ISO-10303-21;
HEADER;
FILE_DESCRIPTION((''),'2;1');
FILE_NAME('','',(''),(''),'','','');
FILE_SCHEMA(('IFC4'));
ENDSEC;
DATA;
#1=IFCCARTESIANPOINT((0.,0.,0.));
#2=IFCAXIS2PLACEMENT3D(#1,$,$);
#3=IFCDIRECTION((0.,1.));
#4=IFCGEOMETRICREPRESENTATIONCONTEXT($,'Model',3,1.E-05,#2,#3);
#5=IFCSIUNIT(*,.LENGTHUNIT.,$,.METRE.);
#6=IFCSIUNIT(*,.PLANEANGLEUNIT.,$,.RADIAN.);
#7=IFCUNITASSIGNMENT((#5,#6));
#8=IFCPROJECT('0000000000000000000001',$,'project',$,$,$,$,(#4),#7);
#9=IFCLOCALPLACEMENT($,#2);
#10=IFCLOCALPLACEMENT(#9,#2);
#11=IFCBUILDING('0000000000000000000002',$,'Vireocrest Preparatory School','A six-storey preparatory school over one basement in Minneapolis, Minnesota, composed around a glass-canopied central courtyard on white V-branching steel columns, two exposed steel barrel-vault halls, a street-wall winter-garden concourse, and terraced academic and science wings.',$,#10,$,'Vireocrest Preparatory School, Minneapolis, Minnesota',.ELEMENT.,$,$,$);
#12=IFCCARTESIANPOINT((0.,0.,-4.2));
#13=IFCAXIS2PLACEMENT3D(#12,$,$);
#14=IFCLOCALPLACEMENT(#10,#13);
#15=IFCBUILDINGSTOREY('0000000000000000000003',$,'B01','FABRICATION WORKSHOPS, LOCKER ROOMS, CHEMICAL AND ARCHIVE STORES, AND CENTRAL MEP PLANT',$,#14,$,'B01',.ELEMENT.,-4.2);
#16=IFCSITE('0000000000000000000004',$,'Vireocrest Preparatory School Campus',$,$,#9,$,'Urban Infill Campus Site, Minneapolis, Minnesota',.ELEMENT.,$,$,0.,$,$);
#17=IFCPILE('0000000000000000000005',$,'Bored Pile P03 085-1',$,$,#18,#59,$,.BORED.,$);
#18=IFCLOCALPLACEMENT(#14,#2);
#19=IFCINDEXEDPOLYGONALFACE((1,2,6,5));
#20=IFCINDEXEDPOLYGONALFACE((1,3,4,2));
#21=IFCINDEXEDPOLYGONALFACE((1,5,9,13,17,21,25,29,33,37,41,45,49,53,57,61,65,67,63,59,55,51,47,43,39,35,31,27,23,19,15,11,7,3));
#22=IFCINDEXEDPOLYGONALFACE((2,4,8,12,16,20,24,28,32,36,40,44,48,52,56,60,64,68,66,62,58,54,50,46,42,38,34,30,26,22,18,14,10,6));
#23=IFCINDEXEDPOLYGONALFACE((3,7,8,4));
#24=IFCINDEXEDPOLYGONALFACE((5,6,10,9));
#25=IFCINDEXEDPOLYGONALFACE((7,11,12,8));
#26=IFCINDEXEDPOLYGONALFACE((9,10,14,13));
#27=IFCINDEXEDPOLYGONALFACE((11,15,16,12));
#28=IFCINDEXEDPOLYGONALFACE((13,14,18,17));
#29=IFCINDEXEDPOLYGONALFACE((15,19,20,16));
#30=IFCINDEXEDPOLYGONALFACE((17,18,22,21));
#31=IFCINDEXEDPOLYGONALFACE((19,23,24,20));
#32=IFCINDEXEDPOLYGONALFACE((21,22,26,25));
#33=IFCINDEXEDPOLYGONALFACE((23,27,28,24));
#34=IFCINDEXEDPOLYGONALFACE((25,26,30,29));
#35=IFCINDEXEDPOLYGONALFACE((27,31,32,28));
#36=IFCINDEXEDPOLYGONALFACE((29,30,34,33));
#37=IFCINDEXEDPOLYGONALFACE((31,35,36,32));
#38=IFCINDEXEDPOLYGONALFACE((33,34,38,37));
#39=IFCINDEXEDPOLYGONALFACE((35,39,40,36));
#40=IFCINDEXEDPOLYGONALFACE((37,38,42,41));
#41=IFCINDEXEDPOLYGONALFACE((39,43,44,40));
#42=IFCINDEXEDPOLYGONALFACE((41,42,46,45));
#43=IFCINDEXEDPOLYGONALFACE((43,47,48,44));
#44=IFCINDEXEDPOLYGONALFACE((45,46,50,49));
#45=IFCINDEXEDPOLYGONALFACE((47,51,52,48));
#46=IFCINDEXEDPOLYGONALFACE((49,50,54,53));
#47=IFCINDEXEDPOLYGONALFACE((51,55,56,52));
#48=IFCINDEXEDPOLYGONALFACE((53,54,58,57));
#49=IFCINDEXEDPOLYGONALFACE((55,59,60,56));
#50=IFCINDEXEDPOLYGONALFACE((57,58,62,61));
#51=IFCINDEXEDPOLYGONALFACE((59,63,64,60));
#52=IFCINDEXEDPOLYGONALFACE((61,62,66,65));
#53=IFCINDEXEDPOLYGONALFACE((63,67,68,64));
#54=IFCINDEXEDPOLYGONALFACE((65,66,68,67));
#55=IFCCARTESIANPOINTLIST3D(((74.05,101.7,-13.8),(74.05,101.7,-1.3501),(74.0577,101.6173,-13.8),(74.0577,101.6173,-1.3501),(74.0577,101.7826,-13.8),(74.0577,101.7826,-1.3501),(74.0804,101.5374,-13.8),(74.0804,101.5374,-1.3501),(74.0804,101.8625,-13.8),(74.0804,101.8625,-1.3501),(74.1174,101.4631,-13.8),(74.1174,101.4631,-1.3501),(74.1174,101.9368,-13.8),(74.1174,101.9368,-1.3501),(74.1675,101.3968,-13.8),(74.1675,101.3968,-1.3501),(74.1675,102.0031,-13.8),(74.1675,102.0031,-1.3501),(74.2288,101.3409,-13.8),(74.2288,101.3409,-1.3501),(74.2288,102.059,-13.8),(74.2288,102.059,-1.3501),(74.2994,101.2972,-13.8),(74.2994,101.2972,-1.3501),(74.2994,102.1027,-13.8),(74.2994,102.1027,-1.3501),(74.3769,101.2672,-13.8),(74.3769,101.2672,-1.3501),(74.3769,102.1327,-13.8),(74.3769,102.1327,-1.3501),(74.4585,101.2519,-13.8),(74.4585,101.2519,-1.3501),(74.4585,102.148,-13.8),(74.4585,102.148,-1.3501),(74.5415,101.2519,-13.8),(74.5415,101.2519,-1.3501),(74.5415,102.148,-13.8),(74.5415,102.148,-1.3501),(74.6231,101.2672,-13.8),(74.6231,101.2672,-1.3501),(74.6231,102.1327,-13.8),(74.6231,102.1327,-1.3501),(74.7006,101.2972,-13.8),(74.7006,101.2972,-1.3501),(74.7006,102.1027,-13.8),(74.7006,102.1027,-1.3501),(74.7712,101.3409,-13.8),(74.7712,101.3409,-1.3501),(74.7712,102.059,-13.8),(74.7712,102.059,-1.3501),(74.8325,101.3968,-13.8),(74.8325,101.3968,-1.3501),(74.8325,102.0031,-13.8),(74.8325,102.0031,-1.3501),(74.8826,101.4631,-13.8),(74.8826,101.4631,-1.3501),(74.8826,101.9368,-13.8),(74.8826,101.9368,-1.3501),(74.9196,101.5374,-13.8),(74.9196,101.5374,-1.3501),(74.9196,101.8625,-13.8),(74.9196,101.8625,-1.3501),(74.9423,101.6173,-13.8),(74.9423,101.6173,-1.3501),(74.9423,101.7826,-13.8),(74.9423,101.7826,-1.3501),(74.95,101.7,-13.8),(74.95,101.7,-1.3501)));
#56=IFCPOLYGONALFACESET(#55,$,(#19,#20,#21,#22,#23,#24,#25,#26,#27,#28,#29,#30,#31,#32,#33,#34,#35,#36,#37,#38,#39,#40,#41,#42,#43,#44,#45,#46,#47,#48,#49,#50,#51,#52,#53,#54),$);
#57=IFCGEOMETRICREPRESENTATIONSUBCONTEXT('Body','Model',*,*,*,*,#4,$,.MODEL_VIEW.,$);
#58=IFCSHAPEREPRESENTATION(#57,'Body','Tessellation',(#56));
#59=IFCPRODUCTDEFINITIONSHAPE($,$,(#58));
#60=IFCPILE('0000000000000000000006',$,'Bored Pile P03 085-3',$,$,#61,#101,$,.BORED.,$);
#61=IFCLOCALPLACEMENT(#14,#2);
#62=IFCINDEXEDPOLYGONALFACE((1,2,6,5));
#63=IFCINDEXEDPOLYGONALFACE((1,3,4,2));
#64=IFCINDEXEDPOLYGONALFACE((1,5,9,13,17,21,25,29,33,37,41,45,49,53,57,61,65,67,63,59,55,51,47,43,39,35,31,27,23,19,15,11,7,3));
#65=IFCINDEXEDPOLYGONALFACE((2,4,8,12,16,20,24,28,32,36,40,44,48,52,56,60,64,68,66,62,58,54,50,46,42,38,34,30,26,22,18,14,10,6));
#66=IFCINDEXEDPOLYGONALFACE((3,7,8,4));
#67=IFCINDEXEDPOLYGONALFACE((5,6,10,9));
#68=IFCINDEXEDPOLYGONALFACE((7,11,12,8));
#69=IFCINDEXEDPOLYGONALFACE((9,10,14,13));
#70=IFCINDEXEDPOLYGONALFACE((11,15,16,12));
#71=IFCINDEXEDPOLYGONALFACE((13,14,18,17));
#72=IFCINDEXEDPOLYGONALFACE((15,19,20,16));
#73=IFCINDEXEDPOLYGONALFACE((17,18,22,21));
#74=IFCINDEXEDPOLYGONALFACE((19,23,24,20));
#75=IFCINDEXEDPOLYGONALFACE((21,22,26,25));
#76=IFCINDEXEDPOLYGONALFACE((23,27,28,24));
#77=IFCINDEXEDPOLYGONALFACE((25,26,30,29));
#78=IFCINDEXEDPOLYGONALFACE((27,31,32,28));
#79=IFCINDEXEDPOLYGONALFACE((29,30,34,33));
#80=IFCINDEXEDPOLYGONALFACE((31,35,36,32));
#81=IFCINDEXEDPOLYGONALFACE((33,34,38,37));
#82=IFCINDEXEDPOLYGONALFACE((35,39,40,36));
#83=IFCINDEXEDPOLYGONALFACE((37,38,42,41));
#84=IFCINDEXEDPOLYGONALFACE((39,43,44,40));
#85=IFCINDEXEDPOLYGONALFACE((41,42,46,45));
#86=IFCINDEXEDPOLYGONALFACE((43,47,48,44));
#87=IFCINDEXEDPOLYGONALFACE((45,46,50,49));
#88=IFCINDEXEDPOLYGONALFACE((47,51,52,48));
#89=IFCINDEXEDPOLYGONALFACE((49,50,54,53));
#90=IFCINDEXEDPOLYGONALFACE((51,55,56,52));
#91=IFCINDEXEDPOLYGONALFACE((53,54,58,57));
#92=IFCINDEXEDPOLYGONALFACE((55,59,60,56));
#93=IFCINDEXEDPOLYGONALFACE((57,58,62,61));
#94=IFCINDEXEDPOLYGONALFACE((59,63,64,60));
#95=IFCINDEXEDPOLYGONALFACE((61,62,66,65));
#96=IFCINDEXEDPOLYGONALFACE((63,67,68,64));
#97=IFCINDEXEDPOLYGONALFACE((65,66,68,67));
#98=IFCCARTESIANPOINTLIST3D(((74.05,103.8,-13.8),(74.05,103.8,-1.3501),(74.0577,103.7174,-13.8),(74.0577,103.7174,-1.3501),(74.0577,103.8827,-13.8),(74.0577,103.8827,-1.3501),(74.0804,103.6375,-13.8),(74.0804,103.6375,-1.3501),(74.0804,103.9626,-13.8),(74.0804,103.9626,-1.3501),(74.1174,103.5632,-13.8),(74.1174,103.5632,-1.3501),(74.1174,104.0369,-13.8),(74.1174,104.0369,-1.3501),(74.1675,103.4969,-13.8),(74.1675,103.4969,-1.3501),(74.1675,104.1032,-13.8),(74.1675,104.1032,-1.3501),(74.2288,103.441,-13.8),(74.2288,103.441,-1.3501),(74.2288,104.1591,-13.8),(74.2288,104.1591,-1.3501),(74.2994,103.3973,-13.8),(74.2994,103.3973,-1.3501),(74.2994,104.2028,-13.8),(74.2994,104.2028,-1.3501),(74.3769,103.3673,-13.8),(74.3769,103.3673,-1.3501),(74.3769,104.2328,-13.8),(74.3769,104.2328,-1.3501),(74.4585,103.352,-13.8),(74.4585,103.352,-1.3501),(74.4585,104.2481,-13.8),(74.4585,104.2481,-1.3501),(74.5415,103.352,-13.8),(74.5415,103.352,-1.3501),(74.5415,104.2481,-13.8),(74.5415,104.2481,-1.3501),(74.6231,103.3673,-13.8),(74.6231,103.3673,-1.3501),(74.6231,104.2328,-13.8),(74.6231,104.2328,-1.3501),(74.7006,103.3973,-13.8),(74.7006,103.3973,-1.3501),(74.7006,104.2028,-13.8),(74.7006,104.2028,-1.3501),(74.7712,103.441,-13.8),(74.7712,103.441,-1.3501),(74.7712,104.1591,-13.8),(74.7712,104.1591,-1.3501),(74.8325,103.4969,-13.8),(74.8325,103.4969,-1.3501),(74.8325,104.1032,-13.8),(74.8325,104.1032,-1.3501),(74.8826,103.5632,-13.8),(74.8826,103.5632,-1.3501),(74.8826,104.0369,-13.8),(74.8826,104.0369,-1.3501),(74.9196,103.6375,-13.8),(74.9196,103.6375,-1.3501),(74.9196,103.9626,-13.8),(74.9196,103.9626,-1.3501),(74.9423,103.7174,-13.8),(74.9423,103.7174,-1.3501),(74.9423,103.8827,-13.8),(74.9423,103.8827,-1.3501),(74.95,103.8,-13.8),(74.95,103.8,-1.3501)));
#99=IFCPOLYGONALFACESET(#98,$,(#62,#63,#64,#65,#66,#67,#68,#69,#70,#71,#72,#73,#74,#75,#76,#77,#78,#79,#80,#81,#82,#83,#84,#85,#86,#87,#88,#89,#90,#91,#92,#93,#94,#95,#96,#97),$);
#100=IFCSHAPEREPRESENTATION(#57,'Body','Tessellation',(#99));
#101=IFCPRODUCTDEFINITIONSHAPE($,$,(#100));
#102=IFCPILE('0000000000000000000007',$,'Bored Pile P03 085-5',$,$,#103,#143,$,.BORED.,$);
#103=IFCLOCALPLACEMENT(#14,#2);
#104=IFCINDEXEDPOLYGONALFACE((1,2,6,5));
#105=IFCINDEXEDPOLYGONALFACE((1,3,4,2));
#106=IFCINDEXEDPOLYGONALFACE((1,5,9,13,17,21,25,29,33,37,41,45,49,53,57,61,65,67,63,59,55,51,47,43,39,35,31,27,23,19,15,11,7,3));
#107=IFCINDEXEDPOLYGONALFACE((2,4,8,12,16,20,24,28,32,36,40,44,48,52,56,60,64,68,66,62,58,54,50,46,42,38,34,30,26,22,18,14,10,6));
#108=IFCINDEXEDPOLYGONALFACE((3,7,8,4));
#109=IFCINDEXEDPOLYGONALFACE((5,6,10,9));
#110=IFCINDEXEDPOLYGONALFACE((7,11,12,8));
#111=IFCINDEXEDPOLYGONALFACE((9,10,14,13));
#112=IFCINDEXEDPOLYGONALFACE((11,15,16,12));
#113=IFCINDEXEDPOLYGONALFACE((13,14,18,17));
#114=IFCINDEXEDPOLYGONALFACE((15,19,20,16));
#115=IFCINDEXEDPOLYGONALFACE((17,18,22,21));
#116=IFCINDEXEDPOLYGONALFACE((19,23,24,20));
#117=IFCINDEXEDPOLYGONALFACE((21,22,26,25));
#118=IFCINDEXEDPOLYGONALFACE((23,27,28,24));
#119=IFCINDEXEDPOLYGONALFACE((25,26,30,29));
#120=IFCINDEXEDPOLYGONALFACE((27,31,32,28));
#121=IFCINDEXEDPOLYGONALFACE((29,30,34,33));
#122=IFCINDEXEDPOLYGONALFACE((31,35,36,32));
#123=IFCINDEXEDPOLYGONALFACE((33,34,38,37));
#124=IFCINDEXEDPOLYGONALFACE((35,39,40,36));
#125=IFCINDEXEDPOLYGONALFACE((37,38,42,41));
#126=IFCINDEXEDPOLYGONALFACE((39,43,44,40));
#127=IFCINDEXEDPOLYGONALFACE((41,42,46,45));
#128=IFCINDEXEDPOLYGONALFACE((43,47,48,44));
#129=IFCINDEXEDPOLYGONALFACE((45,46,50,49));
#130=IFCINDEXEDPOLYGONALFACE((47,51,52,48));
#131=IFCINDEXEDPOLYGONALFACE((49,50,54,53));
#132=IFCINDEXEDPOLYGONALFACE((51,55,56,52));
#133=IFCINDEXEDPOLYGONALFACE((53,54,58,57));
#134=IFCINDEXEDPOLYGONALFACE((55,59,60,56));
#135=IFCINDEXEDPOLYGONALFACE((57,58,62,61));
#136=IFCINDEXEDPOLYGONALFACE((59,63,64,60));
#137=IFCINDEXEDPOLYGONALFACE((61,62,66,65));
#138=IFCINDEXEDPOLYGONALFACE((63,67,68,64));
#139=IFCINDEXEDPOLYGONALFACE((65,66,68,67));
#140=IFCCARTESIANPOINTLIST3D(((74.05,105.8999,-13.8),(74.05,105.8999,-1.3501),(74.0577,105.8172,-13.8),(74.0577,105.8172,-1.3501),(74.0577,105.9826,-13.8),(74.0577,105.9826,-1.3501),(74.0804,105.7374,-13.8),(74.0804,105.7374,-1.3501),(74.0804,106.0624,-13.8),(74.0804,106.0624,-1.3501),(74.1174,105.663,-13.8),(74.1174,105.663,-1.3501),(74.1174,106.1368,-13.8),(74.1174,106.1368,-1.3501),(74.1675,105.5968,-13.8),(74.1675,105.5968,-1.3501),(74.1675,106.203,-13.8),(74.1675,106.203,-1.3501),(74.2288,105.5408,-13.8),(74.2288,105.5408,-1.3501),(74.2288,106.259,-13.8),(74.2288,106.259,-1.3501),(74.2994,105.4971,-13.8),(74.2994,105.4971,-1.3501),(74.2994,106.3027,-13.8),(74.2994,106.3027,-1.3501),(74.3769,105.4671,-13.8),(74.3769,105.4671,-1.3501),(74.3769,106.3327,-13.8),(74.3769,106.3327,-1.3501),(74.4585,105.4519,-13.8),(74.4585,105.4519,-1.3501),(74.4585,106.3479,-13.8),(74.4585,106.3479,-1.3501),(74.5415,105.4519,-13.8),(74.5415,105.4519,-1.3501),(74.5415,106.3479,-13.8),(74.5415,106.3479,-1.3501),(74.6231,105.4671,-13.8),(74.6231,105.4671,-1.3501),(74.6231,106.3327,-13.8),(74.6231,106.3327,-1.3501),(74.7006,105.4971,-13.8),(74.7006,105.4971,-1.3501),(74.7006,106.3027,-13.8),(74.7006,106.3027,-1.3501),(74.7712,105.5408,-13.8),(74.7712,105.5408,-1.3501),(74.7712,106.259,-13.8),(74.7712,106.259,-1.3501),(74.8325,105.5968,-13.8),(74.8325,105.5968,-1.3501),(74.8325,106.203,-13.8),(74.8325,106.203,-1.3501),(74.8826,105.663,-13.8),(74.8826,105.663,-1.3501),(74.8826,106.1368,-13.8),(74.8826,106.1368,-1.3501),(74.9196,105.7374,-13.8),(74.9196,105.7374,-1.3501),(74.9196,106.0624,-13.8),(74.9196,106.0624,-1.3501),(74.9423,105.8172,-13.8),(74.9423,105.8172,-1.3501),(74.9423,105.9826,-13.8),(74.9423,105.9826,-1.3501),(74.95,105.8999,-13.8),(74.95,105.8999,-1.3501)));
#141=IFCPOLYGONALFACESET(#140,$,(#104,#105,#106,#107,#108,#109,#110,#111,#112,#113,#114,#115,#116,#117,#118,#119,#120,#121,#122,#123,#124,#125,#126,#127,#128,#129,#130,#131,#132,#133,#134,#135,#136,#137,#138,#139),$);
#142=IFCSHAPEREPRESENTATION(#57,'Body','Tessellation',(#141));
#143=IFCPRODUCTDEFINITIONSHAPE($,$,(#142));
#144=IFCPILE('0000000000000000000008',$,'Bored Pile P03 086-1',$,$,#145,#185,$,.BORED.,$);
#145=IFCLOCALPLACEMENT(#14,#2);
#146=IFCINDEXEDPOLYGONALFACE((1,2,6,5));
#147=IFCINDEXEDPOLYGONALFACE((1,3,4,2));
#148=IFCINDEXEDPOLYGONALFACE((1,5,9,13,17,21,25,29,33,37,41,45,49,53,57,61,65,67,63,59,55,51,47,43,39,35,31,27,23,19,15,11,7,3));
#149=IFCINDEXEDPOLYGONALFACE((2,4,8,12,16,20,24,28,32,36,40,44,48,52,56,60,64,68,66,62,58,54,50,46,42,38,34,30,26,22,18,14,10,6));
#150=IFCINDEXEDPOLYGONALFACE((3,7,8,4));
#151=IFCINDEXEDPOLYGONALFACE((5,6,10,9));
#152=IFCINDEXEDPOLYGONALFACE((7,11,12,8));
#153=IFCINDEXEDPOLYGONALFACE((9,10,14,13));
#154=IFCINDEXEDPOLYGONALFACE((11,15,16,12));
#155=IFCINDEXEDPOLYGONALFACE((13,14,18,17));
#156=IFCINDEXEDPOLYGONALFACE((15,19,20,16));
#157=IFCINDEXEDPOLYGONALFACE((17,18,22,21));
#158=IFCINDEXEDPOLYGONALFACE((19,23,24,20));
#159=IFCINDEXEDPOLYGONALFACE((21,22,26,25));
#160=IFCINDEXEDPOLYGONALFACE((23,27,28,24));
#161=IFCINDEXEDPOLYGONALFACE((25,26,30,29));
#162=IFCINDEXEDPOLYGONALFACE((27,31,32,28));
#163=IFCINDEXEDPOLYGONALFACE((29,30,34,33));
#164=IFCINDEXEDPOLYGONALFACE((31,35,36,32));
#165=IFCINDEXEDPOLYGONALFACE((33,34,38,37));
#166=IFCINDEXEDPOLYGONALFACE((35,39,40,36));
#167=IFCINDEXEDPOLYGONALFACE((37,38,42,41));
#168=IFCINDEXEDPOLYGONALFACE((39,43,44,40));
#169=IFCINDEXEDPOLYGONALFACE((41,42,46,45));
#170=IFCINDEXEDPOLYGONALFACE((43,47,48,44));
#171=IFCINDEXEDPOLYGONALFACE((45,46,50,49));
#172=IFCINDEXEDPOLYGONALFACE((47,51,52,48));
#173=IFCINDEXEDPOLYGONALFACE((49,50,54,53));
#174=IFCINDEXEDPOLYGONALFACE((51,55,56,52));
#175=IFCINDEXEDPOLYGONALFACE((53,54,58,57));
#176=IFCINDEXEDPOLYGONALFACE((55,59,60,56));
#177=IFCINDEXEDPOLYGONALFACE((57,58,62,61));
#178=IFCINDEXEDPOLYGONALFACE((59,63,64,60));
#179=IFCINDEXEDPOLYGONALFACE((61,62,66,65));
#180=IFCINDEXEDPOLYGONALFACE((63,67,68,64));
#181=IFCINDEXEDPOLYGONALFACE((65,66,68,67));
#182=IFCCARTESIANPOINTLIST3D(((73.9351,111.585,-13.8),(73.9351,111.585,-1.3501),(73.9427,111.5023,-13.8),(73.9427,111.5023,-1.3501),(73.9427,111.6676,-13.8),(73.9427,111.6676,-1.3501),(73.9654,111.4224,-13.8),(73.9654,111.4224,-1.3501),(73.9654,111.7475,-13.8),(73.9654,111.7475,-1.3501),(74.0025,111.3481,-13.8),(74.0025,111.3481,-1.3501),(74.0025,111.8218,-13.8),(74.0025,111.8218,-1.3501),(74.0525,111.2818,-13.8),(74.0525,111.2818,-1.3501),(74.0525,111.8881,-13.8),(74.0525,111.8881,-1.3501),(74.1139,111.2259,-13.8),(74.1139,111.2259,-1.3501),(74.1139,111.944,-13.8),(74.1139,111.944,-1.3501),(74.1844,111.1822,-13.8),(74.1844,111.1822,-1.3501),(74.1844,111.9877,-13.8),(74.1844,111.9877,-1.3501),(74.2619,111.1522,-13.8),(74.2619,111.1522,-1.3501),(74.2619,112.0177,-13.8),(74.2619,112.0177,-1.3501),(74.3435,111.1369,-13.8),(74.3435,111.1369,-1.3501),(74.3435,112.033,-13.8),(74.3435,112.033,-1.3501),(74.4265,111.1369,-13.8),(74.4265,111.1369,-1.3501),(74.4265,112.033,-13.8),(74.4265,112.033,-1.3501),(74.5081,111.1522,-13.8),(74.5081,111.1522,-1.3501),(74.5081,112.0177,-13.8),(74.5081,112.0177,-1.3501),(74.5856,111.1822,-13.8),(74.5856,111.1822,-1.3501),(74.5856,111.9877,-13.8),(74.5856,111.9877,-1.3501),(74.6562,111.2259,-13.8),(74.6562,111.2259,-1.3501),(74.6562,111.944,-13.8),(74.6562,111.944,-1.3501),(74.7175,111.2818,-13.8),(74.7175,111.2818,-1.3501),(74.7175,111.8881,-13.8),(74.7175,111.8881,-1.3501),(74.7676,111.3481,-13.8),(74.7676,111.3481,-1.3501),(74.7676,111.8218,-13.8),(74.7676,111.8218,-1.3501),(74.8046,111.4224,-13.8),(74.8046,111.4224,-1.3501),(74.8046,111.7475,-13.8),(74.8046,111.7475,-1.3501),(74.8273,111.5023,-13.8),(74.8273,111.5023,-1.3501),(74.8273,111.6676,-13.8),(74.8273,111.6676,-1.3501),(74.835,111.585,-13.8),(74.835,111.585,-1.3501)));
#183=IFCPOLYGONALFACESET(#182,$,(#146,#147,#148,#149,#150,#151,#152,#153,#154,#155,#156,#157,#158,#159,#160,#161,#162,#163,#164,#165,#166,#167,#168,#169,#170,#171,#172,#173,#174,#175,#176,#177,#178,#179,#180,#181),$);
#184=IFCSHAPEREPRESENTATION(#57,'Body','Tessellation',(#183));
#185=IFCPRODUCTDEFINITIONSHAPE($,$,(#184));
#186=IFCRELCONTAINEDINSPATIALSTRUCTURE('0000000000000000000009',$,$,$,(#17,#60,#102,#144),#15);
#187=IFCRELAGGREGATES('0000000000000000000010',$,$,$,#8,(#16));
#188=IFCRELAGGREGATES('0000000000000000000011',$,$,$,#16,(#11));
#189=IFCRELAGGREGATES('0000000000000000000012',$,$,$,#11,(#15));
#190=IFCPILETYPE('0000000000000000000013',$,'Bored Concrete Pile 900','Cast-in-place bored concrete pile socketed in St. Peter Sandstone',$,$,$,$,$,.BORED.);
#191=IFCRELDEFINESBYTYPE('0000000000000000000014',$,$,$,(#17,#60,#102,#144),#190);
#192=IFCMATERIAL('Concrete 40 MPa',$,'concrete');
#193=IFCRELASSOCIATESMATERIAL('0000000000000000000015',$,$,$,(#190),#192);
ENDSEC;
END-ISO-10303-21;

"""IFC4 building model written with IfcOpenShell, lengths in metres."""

from ifc_helpers import new_model, si_unit, direction, frame, origin, origin_2d, place, context, subcontext, project, spatial, circle, extrude, material, material_profile, profile_set, type_object, element, save


model = new_model("IFC4")

# Units and contexts
model_context = context("Model", 3, precision=1e-05, world=origin(), true_north=direction((0.0, 1.0)))
body_context = subcontext(model_context, "Body", "Model", "MODEL_VIEW")
ifc_project = project(units=[si_unit("LENGTHUNIT", "METRE"), si_unit("PLANEANGLEUNIT", "RADIAN")], contexts=[model_context])

# Site, building, storey
site_placement = place(None, origin())
site = spatial("IfcSite", under=ifc_project, at=site_placement, Name="Vireocrest Preparatory School Campus", LongName="Urban Infill Campus Site, Minneapolis, Minnesota", CompositionType="ELEMENT", RefElevation=0.0)
building_placement = place(site_placement, origin())
building = spatial("IfcBuilding", under=site, at=building_placement, Name="Vireocrest Preparatory School", Description="A six-storey preparatory school over one basement in Minneapolis, Minnesota, composed around a glass-canopied central courtyard on white V-branching steel columns, two exposed steel barrel-vault halls, a street-wall winter-garden concourse, and terraced academic and science wings.", LongName="Vireocrest Preparatory School, Minneapolis, Minnesota", CompositionType="ELEMENT")
storey_placement = place(building_placement, frame((0.0, 0.0, -4.2)))
storey = spatial("IfcBuildingStorey", under=building, at=storey_placement, Name="B01", Description="FABRICATION WORKSHOPS, LOCKER ROOMS, CHEMICAL AND ARCHIVE STORES, AND CENTRAL MEP PLANT", LongName="B01", CompositionType="ELEMENT", Elevation=-4.2)

# Piles
ifc_material_1 = material(Name="Concrete 40 MPa", Category="concrete")
ifc_material_profile_1 = material_profile(ifc_material_1, circle(Radius=0.45, at=origin_2d()), Name="BORED PILE 900")
ifc_profile_set_1 = profile_set([ifc_material_profile_1], Name="Concrete 40 MPa")
pile_type = type_object("IfcPileType", Name="Bored Concrete Pile 900", Description="Cast-in-place bored concrete pile socketed in St. Peter Sandstone", PredefinedType="BORED", material=ifc_profile_set_1)
for number, where, z_axis, x_axis, name in (
    (1, (74.5, 101.7, -1.3501), (0.0, 0.0, -1.0), (1.0, 0.0, 0.0), "Bored Pile P03 085-1"),
    (2, (74.5, 103.8, -1.3501), (0.0, 0.0, -1.0), (1.0, 0.0, 0.0), "Bored Pile P03 085-3"),
    (3, (74.5, 105.8999, -1.3501), (0.0, 0.0, -1.0), (1.0, 0.0, 0.0), "Bored Pile P03 085-5"),
    (4, (74.385, 111.585, -1.3501), (0.0, 0.0, -1.0), (1.0, 0.0, 0.0), "Bored Pile P03 086-1"),
):
    element("IfcPile", number, at=place(storey_placement, frame(where, z_axis=z_axis, x_axis=x_axis)), inside=storey, type_object=pile_type, Name=name, PredefinedType="BORED", context=body_context, shape_type="SweptSolid", body=[
        extrude(circle(Radius=0.45, at=origin_2d()), origin(), (0.0, 0.0, 1.0), 12.45),
    ])

save(model, "model.ifc")
